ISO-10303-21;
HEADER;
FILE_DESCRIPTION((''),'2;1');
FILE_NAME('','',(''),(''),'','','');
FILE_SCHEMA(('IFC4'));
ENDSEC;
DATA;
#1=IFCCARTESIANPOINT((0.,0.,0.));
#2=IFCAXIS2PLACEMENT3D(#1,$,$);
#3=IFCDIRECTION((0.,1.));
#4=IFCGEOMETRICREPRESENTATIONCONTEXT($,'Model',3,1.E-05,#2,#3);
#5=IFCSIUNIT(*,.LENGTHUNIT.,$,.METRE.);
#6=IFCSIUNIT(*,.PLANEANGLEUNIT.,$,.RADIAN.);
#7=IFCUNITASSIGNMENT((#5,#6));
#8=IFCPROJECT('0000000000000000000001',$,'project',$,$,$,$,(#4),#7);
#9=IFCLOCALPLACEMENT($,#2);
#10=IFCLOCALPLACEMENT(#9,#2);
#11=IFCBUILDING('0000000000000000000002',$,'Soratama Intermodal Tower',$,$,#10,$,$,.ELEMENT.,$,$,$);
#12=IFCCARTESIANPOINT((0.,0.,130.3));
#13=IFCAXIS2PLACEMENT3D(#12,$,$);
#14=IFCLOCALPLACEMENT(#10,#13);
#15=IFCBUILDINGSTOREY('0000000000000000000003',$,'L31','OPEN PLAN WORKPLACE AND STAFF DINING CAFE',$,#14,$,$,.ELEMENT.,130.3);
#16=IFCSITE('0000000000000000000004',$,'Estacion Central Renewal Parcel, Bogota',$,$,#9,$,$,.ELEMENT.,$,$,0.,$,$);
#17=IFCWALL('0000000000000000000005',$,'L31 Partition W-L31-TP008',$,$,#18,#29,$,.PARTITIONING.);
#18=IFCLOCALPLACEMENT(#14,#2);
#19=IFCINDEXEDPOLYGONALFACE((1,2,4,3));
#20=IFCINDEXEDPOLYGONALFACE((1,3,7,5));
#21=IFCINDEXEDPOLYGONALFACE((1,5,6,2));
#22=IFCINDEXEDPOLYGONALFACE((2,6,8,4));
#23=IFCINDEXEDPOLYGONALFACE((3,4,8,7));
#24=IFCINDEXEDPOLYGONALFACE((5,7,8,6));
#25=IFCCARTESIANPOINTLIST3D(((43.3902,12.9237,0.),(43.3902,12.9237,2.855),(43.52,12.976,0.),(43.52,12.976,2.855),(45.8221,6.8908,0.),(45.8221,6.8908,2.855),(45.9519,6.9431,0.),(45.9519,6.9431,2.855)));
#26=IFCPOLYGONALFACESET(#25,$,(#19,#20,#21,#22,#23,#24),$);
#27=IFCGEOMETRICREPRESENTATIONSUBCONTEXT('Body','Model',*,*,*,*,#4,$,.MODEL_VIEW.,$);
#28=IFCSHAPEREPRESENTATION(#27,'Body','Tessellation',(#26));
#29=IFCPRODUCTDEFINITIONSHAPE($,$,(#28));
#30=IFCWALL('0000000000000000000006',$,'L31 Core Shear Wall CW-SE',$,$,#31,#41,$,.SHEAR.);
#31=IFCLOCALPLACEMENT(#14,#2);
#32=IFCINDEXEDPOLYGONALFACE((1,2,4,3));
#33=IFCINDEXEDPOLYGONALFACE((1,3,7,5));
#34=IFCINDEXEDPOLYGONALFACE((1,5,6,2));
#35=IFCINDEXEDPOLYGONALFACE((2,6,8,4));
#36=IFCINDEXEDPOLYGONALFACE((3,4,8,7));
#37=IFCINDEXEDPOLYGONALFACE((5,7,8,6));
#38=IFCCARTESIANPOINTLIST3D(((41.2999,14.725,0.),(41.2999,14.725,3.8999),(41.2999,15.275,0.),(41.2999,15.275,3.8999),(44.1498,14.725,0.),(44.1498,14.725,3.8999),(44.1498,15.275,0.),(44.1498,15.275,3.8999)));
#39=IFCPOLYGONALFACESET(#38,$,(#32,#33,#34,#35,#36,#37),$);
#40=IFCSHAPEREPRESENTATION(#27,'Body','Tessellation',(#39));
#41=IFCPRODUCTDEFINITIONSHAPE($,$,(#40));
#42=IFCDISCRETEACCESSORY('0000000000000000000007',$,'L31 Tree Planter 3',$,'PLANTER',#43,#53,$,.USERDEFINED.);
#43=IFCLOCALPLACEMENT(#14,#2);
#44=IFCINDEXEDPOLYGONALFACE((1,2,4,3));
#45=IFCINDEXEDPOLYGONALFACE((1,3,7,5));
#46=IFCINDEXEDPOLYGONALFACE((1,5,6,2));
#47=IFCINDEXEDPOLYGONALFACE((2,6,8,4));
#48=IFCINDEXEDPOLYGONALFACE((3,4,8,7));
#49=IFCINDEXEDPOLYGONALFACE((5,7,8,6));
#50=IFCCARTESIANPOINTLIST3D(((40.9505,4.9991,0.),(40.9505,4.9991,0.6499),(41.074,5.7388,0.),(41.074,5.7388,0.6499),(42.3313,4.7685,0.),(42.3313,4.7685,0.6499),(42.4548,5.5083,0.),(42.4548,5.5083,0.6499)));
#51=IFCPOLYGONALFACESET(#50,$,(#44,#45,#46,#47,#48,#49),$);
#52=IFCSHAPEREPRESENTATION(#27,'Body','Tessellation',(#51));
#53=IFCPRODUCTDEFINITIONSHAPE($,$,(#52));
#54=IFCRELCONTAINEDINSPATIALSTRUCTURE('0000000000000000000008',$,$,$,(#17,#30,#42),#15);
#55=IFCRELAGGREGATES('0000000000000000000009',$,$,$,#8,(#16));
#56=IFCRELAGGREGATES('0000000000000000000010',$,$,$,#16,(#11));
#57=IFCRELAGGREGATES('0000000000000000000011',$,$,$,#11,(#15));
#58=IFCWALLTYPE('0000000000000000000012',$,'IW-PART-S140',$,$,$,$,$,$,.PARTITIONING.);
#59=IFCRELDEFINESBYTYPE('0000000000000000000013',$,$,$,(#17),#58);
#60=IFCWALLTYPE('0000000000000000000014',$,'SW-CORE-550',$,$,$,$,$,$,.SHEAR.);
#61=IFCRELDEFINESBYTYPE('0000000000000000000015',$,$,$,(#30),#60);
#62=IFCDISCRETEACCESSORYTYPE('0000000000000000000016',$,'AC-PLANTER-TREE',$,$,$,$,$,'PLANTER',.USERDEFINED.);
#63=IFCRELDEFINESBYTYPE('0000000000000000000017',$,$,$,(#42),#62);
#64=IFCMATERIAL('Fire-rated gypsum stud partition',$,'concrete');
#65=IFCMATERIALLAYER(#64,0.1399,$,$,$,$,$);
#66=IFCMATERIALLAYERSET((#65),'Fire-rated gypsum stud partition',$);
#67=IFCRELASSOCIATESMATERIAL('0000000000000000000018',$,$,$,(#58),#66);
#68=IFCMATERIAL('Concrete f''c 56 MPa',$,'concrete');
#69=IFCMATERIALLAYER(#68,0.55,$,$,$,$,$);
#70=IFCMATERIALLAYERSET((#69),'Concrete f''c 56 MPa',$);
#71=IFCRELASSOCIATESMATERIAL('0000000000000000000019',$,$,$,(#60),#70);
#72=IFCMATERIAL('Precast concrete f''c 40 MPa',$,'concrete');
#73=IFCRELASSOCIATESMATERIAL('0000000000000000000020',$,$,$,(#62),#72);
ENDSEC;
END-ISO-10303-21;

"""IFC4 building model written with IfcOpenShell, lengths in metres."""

from ifc_helpers import new_model, si_unit, direction, frame, frame_2d, origin, origin_2d, place, context, subcontext, project, spatial, rectangle, extrude, material, layer, layer_set, type_object, element, save


model = new_model("IFC4")

# Units and contexts
model_context = context("Model", 3, precision=1e-05, world=origin(), true_north=direction((0.0, 1.0)))
body_context = subcontext(model_context, "Body", "Model", "MODEL_VIEW")
ifc_project = project(units=[si_unit("LENGTHUNIT", "METRE"), si_unit("PLANEANGLEUNIT", "RADIAN")], contexts=[model_context])

# Site, building, storey
site_placement = place(None, origin())
site = spatial("IfcSite", under=ifc_project, at=site_placement, Name="Estacion Central Renewal Parcel, Bogota", CompositionType="ELEMENT", RefElevation=0.0)
building_placement = place(site_placement, origin())
building = spatial("IfcBuilding", under=site, at=building_placement, Name="Soratama Intermodal Tower", CompositionType="ELEMENT")
storey_placement = place(building_placement, frame((0.0, 0.0, 130.3)))
storey = spatial("IfcBuildingStorey", under=building, at=storey_placement, Name="L31", Description="OPEN PLAN WORKPLACE AND STAFF DINING CAFE", CompositionType="ELEMENT", Elevation=130.3)

# Walls
ifc_material_1 = material(Name="Fire-rated gypsum stud partition", Category="concrete")
ifc_layer_1 = layer(ifc_material_1, 0.1399)
ifc_layer_set_1 = layer_set([ifc_layer_1], Name="Fire-rated gypsum stud partition")
wall_type_1 = type_object("IfcWallType", Name="IW-PART-S140", PredefinedType="PARTITIONING", material=ifc_layer_set_1)
wall_1_placement = place(storey_placement, frame((43.4551, 12.95, 0.0), z_axis=(0.0, 0.0, 1.0), x_axis=(0.373868, -0.927482, 0.0)))
element("IfcWall", 1, at=wall_1_placement, inside=storey, type_object=wall_type_1, Name="L31 Partition W-L31-TP008", PredefinedType="PARTITIONING", context=body_context, shape_type="SweptSolid", body=[
    extrude(rectangle(XDim=6.5046, YDim=0.1399, at=frame_2d((3.2524, 0.0))), origin(), (0.0, 0.0, 1.0), 2.855),
])
ifc_material_2 = material(Name="Concrete f'c 56 MPa", Category="concrete")
ifc_layer_2 = layer(ifc_material_2, 0.55)
ifc_layer_set_2 = layer_set([ifc_layer_2], Name="Concrete f'c 56 MPa")
wall_type_2 = type_object("IfcWallType", Name="SW-CORE-550", PredefinedType="SHEAR", material=ifc_layer_set_2)
wall_2_placement = place(storey_placement, frame((41.3, 15.0, 0.0), z_axis=(0.0, 0.0, 1.0), x_axis=(1.0, 0.0, 0.0)))
element("IfcWall", 2, at=wall_2_placement, inside=storey, type_object=wall_type_2, Name="L31 Core Shear Wall CW-SE", PredefinedType="SHEAR", context=body_context, shape_type="SweptSolid", body=[
    extrude(rectangle(XDim=2.8499, YDim=0.55, at=frame_2d((1.4248, 0.0))), origin(), (0.0, 0.0, 1.0), 3.8999),
])

# Discrete accessory
ifc_material_3 = material(Name="Precast concrete f'c 40 MPa", Category="concrete")
discrete_accessory_type = type_object("IfcDiscreteAccessoryType", Name="AC-PLANTER-TREE", ElementType="PLANTER", PredefinedType="USERDEFINED", material=ifc_material_3)
discrete_accessory_placement = place(storey_placement, frame((41.7026, 5.2537, 0.0), z_axis=(0.0, 0.0, 1.0), x_axis=(-0.164703, -0.986343, 0.0)))
element("IfcDiscreteAccessory", 3, at=discrete_accessory_placement, inside=storey, type_object=discrete_accessory_type, Name="L31 Tree Planter 3", ObjectType="PLANTER", PredefinedType="USERDEFINED", context=body_context, shape_type="SweptSolid", body=[
    extrude(rectangle(XDim=0.75, YDim=1.3999, at=origin_2d()), origin(), (0.0, 0.0, 1.0), 0.6499),
])

save(model, "model.ifc")
